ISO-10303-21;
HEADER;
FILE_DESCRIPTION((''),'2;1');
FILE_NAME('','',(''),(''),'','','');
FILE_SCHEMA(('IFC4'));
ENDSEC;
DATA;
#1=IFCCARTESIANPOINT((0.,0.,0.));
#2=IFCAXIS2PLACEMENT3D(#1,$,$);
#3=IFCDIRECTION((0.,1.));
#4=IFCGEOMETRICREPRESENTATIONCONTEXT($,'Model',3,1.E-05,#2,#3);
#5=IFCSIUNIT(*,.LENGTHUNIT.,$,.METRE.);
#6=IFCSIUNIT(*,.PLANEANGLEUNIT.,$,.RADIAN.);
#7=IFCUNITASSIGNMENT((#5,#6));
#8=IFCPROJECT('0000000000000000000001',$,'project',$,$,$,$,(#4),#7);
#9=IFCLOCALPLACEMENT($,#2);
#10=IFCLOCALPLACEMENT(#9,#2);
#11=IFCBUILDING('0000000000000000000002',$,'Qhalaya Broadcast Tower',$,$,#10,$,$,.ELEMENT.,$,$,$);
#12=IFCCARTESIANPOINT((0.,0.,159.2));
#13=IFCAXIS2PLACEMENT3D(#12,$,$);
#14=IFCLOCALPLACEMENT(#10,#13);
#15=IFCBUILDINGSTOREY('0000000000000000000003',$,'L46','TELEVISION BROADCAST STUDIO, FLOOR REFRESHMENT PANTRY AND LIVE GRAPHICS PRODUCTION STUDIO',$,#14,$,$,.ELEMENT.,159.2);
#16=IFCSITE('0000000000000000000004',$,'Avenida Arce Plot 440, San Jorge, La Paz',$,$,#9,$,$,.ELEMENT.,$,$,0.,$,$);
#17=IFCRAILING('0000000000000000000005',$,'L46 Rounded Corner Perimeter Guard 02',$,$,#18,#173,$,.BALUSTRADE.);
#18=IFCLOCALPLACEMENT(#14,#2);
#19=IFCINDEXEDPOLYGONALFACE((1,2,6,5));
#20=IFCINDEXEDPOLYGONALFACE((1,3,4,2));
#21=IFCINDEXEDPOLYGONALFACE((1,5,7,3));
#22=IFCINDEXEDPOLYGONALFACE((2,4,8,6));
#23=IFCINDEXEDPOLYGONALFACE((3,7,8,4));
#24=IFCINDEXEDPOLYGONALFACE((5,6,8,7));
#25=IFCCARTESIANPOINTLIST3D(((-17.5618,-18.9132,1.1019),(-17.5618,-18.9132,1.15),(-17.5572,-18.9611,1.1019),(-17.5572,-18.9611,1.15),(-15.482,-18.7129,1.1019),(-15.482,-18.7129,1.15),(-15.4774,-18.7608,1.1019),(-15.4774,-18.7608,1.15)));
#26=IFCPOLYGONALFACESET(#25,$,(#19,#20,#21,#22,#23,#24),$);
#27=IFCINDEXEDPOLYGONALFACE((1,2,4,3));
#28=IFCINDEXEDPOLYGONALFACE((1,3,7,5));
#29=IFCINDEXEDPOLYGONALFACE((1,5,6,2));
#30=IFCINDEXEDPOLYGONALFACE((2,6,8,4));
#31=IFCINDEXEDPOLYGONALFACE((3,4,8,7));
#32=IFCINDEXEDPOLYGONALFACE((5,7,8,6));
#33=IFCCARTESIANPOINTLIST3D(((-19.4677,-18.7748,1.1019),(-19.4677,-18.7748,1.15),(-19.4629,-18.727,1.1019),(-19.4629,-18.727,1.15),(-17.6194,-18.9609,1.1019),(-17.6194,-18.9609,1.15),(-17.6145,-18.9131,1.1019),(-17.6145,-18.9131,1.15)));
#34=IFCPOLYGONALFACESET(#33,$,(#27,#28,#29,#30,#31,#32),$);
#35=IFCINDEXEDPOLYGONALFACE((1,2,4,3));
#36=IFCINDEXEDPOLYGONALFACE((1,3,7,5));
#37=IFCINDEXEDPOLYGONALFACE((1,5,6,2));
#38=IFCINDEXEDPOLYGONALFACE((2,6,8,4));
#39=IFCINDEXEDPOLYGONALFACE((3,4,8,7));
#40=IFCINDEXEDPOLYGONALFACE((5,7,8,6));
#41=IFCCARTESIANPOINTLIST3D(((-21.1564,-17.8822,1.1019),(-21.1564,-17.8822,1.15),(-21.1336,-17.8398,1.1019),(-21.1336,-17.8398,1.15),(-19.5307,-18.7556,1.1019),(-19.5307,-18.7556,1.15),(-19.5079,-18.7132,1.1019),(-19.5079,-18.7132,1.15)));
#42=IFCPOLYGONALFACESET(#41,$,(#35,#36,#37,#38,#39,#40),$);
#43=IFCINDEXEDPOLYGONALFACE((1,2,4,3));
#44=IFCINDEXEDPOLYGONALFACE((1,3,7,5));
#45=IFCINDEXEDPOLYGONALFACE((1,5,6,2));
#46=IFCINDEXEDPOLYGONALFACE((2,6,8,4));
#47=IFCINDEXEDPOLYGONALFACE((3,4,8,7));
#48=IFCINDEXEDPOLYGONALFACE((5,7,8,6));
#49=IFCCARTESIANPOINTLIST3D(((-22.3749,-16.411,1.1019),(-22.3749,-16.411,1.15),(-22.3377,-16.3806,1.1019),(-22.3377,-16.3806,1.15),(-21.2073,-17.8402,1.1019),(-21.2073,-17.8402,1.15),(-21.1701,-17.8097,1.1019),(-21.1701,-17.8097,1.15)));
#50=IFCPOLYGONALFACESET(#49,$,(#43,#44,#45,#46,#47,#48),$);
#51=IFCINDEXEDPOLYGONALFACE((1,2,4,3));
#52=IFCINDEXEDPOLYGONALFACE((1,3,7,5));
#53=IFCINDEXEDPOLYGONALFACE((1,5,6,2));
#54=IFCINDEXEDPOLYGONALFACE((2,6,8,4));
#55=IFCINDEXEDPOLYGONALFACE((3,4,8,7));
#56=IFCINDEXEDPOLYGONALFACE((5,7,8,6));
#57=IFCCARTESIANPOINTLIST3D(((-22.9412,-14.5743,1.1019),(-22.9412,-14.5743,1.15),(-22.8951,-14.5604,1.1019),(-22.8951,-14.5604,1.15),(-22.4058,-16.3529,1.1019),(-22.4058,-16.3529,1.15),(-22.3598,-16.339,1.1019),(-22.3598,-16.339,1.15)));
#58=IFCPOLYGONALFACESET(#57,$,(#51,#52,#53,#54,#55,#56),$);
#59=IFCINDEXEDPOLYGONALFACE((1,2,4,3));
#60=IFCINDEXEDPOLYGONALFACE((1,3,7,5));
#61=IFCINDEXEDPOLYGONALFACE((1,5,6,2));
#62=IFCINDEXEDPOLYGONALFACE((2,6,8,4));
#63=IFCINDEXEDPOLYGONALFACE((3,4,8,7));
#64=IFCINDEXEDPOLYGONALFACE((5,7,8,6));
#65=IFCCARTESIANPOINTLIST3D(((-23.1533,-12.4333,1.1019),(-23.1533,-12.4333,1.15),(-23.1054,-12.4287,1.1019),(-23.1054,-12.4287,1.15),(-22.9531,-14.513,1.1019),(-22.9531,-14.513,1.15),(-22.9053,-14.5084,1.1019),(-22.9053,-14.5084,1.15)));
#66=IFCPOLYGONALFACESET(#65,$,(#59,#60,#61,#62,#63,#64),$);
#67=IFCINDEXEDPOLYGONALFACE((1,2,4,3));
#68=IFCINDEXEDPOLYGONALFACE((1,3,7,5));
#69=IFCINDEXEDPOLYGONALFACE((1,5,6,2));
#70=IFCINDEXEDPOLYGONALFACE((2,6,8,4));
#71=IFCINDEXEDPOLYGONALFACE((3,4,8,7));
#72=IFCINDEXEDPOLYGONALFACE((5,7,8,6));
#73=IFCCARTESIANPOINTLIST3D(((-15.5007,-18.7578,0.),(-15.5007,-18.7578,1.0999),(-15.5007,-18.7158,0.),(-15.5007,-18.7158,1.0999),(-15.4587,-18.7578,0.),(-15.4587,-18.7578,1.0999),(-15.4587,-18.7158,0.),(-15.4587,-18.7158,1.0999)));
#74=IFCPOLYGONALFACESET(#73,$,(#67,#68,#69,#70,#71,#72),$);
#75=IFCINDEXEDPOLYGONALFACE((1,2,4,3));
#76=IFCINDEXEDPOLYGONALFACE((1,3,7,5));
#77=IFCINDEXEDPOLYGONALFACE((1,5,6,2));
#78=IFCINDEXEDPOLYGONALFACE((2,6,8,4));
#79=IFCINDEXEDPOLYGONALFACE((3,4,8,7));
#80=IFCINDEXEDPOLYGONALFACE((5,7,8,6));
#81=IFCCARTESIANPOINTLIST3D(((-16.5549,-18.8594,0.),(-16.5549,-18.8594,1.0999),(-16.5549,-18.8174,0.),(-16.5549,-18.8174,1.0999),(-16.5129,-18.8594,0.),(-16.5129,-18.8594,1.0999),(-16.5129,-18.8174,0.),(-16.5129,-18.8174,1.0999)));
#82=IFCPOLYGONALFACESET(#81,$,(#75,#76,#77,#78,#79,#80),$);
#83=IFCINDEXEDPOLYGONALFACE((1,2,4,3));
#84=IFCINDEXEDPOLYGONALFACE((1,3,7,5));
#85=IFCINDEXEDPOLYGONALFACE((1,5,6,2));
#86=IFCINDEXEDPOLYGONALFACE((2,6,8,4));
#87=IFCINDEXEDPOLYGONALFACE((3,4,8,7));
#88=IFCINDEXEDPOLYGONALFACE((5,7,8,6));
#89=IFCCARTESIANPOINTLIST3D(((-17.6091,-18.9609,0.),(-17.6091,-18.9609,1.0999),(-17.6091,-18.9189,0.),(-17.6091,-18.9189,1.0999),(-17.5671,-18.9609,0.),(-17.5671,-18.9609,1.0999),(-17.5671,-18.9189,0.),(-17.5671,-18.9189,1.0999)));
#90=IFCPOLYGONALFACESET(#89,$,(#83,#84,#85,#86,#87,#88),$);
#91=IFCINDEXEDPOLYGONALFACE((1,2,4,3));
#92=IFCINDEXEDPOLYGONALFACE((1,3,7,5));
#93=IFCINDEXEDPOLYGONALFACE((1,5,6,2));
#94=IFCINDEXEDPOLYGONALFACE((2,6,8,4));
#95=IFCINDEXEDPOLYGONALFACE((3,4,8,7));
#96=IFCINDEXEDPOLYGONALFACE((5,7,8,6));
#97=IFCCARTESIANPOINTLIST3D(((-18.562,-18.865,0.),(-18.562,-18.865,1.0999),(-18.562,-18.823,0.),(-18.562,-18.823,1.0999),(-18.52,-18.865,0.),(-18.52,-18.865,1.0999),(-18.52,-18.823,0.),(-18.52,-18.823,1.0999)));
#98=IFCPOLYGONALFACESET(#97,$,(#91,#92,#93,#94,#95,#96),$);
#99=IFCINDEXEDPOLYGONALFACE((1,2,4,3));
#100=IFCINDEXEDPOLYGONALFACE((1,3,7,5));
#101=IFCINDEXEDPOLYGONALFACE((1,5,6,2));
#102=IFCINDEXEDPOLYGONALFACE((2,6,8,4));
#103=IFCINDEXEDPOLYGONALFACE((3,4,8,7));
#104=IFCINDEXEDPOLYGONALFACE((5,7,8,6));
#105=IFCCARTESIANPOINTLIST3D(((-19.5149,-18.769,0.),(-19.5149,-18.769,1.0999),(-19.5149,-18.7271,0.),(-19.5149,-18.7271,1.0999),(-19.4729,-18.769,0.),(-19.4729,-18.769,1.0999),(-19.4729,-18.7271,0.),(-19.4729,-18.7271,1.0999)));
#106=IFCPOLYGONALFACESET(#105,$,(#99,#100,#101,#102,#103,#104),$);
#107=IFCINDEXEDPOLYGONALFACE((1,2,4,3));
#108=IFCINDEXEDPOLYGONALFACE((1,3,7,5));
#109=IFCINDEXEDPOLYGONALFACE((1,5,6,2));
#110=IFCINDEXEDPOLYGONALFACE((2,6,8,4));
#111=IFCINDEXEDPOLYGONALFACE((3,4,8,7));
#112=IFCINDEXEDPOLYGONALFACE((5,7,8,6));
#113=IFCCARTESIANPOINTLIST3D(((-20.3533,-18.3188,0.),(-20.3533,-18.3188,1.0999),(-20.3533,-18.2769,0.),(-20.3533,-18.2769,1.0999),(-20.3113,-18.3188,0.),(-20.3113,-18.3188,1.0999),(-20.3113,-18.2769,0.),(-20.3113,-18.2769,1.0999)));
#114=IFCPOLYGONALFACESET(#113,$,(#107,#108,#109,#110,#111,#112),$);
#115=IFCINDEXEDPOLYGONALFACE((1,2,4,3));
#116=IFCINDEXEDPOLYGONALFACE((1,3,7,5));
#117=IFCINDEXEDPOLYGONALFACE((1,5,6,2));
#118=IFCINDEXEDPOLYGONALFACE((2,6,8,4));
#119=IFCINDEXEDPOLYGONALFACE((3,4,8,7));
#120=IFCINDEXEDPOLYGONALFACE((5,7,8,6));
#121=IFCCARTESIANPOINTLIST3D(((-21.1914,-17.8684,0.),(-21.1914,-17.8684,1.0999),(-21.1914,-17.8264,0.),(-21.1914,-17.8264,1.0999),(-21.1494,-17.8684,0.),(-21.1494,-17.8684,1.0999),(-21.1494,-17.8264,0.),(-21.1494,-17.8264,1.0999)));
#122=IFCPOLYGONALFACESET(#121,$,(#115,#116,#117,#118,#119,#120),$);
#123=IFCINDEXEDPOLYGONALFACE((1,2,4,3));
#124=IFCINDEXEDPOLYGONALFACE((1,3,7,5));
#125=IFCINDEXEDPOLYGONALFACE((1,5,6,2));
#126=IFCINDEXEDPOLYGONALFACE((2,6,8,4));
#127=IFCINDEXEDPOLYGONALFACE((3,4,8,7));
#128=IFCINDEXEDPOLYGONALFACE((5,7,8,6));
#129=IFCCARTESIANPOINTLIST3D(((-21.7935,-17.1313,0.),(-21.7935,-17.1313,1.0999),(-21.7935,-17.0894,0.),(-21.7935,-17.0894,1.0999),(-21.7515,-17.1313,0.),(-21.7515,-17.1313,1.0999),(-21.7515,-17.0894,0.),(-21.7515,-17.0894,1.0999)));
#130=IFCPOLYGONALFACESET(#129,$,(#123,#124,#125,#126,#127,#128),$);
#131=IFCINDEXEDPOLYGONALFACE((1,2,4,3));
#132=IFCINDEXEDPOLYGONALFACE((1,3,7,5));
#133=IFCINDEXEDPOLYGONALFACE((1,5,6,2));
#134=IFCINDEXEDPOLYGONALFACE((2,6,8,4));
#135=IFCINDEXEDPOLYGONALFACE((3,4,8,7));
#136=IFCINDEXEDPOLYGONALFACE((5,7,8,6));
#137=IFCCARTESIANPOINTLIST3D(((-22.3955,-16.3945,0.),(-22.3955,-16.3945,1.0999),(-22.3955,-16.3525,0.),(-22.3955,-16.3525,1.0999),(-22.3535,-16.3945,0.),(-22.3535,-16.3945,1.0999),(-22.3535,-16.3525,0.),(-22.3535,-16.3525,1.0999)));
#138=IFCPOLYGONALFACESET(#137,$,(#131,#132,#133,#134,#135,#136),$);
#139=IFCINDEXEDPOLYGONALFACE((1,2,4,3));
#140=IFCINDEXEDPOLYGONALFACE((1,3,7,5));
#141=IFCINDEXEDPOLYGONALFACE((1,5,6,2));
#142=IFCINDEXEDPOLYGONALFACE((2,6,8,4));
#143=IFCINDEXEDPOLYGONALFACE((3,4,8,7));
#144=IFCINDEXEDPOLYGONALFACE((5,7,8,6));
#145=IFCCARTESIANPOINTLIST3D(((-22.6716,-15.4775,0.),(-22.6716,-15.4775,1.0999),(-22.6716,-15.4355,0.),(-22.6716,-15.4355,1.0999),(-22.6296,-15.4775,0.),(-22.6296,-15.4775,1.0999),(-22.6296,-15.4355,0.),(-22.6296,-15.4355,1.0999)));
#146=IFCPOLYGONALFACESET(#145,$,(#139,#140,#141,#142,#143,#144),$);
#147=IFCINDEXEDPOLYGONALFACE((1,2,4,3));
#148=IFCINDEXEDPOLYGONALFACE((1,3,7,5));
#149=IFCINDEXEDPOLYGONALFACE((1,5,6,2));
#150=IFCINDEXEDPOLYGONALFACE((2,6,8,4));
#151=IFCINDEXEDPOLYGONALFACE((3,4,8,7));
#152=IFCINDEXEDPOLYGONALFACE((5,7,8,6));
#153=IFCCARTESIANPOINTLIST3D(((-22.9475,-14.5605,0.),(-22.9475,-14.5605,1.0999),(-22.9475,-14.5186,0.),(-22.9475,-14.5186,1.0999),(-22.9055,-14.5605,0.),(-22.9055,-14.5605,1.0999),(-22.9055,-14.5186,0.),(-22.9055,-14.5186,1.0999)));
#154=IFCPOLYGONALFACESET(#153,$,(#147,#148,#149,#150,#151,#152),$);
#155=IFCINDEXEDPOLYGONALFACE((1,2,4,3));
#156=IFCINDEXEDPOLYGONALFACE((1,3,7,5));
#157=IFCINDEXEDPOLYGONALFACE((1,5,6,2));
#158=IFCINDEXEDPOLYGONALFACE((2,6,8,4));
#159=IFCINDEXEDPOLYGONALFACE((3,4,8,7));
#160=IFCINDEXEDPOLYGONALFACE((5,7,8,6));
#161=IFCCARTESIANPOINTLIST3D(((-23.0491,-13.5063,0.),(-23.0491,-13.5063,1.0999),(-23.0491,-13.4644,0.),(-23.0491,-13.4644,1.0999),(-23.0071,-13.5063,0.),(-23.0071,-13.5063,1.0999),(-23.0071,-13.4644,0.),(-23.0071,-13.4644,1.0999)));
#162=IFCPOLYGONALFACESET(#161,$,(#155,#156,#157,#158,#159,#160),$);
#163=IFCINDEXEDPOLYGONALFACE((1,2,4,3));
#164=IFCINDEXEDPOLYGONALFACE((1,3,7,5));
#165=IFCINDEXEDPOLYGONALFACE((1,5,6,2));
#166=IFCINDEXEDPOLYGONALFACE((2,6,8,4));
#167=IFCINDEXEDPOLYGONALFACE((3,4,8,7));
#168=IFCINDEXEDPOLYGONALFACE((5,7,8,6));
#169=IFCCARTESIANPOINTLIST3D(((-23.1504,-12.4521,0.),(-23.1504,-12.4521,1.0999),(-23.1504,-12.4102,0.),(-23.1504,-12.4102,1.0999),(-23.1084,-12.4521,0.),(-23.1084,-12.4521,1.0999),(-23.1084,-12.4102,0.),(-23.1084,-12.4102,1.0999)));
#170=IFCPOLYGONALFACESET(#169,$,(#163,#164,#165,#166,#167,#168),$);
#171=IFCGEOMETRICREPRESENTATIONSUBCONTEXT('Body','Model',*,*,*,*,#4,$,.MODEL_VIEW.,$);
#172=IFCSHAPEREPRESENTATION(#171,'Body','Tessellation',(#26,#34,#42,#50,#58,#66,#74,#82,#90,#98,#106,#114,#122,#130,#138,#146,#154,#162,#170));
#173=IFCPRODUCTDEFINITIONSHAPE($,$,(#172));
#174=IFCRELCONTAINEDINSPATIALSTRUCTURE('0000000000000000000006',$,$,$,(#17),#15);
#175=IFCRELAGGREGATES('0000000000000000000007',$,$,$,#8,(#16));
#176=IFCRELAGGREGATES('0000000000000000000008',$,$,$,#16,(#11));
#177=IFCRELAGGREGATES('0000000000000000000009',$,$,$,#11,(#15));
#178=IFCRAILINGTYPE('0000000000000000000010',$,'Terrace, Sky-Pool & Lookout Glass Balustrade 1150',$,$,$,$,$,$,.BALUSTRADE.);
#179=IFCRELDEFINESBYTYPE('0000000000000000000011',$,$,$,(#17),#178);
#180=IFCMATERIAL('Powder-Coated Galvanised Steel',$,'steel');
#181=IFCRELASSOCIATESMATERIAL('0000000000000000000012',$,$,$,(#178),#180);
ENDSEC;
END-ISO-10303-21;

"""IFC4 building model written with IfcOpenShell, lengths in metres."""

from ifc_helpers import new_model, si_unit, direction, frame, origin, origin_2d, place, context, subcontext, project, spatial, rectangle, extrude, material, type_object, element, save


model = new_model("IFC4")

# Units and contexts
model_context = context("Model", 3, precision=1e-05, world=origin(), true_north=direction((0.0, 1.0)))
body_context = subcontext(model_context, "Body", "Model", "MODEL_VIEW")
ifc_project = project(units=[si_unit("LENGTHUNIT", "METRE"), si_unit("PLANEANGLEUNIT", "RADIAN")], contexts=[model_context])

# Site, building, storey
site_placement = place(None, origin())
site = spatial("IfcSite", under=ifc_project, at=site_placement, Name="Avenida Arce Plot 440, San Jorge, La Paz", CompositionType="ELEMENT", RefElevation=0.0)
building_placement = place(site_placement, origin())
building = spatial("IfcBuilding", under=site, at=building_placement, Name="Qhalaya Broadcast Tower", CompositionType="ELEMENT")
storey_placement = place(building_placement, frame((0.0, 0.0, 159.2)))
storey = spatial("IfcBuildingStorey", under=building, at=storey_placement, Name="L46", Description="TELEVISION BROADCAST STUDIO, FLOOR REFRESHMENT PANTRY AND LIVE GRAPHICS PRODUCTION STUDIO", CompositionType="ELEMENT", Elevation=159.2)

# Railing
ifc_material_1 = material(Name="Powder-Coated Galvanised Steel", Category="steel")
railing_type = type_object("IfcRailingType", Name="Terrace, Sky-Pool & Lookout Glass Balustrade 1150", PredefinedType="BALUSTRADE", material=ifc_material_1)
railing_placement = place(storey_placement, frame((-15.4797, -18.7368, 0.0)))
element("IfcRailing", 1, at=railing_placement, inside=storey, type_object=railing_type, Name="L46 Rounded Corner Perimeter Guard 02", PredefinedType="BALUSTRADE", context=body_context, shape_type="SweptSolid", body=[
    extrude(rectangle(XDim=0.0481, YDim=0.0481, at=origin_2d()), frame((0.0, 0.0, 1.126), z_axis=(-0.995391, -0.095897, 0.0), x_axis=(0.095897, -0.995391, 0.0)), (0.0, 0.0, 1.0), 2.0894),
    extrude(rectangle(XDim=0.0481, YDim=0.0481, at=origin_2d()), frame((-2.1372, -0.2002, 1.126), z_axis=(-0.994969, 0.100185, 0.0), x_axis=(-0.100185, -0.994969, 0.0)), (0.0, 0.0, 1.0), 1.8577),
    extrude(rectangle(XDim=0.0481, YDim=0.0481, at=origin_2d()), frame((-4.0396, 0.0024, 1.126), z_axis=(-0.880932, 0.473243, 0.0), x_axis=(-0.473243, -0.880932, 0.0)), (0.0, 0.0, 1.0), 1.8455),
    extrude(rectangle(XDim=0.0481, YDim=0.0481, at=origin_2d()), frame((-5.709, 0.9119, 1.126), z_axis=(-0.632672, 0.77442, 0.0), x_axis=(-0.77442, -0.632672, 0.0)), (0.0, 0.0, 1.0), 1.8455),
    extrude(rectangle(XDim=0.0481, YDim=0.0481, at=origin_2d()), frame((-6.9031, 2.3909, 1.126), z_axis=(-0.288213, 0.957566, 0.0), x_axis=(-0.957566, -0.288213, 0.0)), (0.0, 0.0, 1.0), 1.8574),
    extrude(rectangle(XDim=0.0481, YDim=0.0481, at=origin_2d()), frame((-7.4495, 4.2261, 1.126), z_axis=(-0.095783, 0.995402, 0.0), x_axis=(-0.995402, -0.095783, 0.0)), (0.0, 0.0, 1.0), 2.0894),
    extrude(rectangle(XDim=0.042, YDim=0.042, at=origin_2d()), origin(), (0.0, 0.0, 1.0), 1.0999),
    extrude(rectangle(XDim=0.042, YDim=0.042, at=origin_2d()), frame((-1.0542, -0.1016, 0.0)), (0.0, 0.0, 1.0), 1.0999),
    extrude(rectangle(XDim=0.042, YDim=0.042, at=origin_2d()), frame((-2.1084, -0.2031, 0.0)), (0.0, 0.0, 1.0), 1.0999),
    extrude(rectangle(XDim=0.042, YDim=0.042, at=origin_2d()), frame((-3.0613, -0.1072, 0.0)), (0.0, 0.0, 1.0), 1.0999),
    extrude(rectangle(XDim=0.042, YDim=0.042, at=origin_2d()), frame((-4.0142, -0.0112, 0.0)), (0.0, 0.0, 1.0), 1.0999),
    extrude(rectangle(XDim=0.042, YDim=0.042, at=origin_2d()), frame((-4.8525, 0.439, 0.0)), (0.0, 0.0, 1.0), 1.0999),
    extrude(rectangle(XDim=0.042, YDim=0.042, at=origin_2d()), frame((-5.6907, 0.8894, 0.0)), (0.0, 0.0, 1.0), 1.0999),
    extrude(rectangle(XDim=0.042, YDim=0.042, at=origin_2d()), frame((-6.2927, 1.6265, 0.0)), (0.0, 0.0, 1.0), 1.0999),
    extrude(rectangle(XDim=0.042, YDim=0.042, at=origin_2d()), frame((-6.8948, 2.3633, 0.0)), (0.0, 0.0, 1.0), 1.0999),
    extrude(rectangle(XDim=0.042, YDim=0.042, at=origin_2d()), frame((-7.1709, 3.2803, 0.0)), (0.0, 0.0, 1.0), 1.0999),
    extrude(rectangle(XDim=0.042, YDim=0.042, at=origin_2d()), frame((-7.4468, 4.1973, 0.0)), (0.0, 0.0, 1.0), 1.0999),
    extrude(rectangle(XDim=0.042, YDim=0.042, at=origin_2d()), frame((-7.5483, 5.2515, 0.0)), (0.0, 0.0, 1.0), 1.0999),
    extrude(rectangle(XDim=0.042, YDim=0.042, at=origin_2d()), frame((-7.6497, 6.3057, 0.0)), (0.0, 0.0, 1.0), 1.0999),
])

save(model, "model.ifc")
